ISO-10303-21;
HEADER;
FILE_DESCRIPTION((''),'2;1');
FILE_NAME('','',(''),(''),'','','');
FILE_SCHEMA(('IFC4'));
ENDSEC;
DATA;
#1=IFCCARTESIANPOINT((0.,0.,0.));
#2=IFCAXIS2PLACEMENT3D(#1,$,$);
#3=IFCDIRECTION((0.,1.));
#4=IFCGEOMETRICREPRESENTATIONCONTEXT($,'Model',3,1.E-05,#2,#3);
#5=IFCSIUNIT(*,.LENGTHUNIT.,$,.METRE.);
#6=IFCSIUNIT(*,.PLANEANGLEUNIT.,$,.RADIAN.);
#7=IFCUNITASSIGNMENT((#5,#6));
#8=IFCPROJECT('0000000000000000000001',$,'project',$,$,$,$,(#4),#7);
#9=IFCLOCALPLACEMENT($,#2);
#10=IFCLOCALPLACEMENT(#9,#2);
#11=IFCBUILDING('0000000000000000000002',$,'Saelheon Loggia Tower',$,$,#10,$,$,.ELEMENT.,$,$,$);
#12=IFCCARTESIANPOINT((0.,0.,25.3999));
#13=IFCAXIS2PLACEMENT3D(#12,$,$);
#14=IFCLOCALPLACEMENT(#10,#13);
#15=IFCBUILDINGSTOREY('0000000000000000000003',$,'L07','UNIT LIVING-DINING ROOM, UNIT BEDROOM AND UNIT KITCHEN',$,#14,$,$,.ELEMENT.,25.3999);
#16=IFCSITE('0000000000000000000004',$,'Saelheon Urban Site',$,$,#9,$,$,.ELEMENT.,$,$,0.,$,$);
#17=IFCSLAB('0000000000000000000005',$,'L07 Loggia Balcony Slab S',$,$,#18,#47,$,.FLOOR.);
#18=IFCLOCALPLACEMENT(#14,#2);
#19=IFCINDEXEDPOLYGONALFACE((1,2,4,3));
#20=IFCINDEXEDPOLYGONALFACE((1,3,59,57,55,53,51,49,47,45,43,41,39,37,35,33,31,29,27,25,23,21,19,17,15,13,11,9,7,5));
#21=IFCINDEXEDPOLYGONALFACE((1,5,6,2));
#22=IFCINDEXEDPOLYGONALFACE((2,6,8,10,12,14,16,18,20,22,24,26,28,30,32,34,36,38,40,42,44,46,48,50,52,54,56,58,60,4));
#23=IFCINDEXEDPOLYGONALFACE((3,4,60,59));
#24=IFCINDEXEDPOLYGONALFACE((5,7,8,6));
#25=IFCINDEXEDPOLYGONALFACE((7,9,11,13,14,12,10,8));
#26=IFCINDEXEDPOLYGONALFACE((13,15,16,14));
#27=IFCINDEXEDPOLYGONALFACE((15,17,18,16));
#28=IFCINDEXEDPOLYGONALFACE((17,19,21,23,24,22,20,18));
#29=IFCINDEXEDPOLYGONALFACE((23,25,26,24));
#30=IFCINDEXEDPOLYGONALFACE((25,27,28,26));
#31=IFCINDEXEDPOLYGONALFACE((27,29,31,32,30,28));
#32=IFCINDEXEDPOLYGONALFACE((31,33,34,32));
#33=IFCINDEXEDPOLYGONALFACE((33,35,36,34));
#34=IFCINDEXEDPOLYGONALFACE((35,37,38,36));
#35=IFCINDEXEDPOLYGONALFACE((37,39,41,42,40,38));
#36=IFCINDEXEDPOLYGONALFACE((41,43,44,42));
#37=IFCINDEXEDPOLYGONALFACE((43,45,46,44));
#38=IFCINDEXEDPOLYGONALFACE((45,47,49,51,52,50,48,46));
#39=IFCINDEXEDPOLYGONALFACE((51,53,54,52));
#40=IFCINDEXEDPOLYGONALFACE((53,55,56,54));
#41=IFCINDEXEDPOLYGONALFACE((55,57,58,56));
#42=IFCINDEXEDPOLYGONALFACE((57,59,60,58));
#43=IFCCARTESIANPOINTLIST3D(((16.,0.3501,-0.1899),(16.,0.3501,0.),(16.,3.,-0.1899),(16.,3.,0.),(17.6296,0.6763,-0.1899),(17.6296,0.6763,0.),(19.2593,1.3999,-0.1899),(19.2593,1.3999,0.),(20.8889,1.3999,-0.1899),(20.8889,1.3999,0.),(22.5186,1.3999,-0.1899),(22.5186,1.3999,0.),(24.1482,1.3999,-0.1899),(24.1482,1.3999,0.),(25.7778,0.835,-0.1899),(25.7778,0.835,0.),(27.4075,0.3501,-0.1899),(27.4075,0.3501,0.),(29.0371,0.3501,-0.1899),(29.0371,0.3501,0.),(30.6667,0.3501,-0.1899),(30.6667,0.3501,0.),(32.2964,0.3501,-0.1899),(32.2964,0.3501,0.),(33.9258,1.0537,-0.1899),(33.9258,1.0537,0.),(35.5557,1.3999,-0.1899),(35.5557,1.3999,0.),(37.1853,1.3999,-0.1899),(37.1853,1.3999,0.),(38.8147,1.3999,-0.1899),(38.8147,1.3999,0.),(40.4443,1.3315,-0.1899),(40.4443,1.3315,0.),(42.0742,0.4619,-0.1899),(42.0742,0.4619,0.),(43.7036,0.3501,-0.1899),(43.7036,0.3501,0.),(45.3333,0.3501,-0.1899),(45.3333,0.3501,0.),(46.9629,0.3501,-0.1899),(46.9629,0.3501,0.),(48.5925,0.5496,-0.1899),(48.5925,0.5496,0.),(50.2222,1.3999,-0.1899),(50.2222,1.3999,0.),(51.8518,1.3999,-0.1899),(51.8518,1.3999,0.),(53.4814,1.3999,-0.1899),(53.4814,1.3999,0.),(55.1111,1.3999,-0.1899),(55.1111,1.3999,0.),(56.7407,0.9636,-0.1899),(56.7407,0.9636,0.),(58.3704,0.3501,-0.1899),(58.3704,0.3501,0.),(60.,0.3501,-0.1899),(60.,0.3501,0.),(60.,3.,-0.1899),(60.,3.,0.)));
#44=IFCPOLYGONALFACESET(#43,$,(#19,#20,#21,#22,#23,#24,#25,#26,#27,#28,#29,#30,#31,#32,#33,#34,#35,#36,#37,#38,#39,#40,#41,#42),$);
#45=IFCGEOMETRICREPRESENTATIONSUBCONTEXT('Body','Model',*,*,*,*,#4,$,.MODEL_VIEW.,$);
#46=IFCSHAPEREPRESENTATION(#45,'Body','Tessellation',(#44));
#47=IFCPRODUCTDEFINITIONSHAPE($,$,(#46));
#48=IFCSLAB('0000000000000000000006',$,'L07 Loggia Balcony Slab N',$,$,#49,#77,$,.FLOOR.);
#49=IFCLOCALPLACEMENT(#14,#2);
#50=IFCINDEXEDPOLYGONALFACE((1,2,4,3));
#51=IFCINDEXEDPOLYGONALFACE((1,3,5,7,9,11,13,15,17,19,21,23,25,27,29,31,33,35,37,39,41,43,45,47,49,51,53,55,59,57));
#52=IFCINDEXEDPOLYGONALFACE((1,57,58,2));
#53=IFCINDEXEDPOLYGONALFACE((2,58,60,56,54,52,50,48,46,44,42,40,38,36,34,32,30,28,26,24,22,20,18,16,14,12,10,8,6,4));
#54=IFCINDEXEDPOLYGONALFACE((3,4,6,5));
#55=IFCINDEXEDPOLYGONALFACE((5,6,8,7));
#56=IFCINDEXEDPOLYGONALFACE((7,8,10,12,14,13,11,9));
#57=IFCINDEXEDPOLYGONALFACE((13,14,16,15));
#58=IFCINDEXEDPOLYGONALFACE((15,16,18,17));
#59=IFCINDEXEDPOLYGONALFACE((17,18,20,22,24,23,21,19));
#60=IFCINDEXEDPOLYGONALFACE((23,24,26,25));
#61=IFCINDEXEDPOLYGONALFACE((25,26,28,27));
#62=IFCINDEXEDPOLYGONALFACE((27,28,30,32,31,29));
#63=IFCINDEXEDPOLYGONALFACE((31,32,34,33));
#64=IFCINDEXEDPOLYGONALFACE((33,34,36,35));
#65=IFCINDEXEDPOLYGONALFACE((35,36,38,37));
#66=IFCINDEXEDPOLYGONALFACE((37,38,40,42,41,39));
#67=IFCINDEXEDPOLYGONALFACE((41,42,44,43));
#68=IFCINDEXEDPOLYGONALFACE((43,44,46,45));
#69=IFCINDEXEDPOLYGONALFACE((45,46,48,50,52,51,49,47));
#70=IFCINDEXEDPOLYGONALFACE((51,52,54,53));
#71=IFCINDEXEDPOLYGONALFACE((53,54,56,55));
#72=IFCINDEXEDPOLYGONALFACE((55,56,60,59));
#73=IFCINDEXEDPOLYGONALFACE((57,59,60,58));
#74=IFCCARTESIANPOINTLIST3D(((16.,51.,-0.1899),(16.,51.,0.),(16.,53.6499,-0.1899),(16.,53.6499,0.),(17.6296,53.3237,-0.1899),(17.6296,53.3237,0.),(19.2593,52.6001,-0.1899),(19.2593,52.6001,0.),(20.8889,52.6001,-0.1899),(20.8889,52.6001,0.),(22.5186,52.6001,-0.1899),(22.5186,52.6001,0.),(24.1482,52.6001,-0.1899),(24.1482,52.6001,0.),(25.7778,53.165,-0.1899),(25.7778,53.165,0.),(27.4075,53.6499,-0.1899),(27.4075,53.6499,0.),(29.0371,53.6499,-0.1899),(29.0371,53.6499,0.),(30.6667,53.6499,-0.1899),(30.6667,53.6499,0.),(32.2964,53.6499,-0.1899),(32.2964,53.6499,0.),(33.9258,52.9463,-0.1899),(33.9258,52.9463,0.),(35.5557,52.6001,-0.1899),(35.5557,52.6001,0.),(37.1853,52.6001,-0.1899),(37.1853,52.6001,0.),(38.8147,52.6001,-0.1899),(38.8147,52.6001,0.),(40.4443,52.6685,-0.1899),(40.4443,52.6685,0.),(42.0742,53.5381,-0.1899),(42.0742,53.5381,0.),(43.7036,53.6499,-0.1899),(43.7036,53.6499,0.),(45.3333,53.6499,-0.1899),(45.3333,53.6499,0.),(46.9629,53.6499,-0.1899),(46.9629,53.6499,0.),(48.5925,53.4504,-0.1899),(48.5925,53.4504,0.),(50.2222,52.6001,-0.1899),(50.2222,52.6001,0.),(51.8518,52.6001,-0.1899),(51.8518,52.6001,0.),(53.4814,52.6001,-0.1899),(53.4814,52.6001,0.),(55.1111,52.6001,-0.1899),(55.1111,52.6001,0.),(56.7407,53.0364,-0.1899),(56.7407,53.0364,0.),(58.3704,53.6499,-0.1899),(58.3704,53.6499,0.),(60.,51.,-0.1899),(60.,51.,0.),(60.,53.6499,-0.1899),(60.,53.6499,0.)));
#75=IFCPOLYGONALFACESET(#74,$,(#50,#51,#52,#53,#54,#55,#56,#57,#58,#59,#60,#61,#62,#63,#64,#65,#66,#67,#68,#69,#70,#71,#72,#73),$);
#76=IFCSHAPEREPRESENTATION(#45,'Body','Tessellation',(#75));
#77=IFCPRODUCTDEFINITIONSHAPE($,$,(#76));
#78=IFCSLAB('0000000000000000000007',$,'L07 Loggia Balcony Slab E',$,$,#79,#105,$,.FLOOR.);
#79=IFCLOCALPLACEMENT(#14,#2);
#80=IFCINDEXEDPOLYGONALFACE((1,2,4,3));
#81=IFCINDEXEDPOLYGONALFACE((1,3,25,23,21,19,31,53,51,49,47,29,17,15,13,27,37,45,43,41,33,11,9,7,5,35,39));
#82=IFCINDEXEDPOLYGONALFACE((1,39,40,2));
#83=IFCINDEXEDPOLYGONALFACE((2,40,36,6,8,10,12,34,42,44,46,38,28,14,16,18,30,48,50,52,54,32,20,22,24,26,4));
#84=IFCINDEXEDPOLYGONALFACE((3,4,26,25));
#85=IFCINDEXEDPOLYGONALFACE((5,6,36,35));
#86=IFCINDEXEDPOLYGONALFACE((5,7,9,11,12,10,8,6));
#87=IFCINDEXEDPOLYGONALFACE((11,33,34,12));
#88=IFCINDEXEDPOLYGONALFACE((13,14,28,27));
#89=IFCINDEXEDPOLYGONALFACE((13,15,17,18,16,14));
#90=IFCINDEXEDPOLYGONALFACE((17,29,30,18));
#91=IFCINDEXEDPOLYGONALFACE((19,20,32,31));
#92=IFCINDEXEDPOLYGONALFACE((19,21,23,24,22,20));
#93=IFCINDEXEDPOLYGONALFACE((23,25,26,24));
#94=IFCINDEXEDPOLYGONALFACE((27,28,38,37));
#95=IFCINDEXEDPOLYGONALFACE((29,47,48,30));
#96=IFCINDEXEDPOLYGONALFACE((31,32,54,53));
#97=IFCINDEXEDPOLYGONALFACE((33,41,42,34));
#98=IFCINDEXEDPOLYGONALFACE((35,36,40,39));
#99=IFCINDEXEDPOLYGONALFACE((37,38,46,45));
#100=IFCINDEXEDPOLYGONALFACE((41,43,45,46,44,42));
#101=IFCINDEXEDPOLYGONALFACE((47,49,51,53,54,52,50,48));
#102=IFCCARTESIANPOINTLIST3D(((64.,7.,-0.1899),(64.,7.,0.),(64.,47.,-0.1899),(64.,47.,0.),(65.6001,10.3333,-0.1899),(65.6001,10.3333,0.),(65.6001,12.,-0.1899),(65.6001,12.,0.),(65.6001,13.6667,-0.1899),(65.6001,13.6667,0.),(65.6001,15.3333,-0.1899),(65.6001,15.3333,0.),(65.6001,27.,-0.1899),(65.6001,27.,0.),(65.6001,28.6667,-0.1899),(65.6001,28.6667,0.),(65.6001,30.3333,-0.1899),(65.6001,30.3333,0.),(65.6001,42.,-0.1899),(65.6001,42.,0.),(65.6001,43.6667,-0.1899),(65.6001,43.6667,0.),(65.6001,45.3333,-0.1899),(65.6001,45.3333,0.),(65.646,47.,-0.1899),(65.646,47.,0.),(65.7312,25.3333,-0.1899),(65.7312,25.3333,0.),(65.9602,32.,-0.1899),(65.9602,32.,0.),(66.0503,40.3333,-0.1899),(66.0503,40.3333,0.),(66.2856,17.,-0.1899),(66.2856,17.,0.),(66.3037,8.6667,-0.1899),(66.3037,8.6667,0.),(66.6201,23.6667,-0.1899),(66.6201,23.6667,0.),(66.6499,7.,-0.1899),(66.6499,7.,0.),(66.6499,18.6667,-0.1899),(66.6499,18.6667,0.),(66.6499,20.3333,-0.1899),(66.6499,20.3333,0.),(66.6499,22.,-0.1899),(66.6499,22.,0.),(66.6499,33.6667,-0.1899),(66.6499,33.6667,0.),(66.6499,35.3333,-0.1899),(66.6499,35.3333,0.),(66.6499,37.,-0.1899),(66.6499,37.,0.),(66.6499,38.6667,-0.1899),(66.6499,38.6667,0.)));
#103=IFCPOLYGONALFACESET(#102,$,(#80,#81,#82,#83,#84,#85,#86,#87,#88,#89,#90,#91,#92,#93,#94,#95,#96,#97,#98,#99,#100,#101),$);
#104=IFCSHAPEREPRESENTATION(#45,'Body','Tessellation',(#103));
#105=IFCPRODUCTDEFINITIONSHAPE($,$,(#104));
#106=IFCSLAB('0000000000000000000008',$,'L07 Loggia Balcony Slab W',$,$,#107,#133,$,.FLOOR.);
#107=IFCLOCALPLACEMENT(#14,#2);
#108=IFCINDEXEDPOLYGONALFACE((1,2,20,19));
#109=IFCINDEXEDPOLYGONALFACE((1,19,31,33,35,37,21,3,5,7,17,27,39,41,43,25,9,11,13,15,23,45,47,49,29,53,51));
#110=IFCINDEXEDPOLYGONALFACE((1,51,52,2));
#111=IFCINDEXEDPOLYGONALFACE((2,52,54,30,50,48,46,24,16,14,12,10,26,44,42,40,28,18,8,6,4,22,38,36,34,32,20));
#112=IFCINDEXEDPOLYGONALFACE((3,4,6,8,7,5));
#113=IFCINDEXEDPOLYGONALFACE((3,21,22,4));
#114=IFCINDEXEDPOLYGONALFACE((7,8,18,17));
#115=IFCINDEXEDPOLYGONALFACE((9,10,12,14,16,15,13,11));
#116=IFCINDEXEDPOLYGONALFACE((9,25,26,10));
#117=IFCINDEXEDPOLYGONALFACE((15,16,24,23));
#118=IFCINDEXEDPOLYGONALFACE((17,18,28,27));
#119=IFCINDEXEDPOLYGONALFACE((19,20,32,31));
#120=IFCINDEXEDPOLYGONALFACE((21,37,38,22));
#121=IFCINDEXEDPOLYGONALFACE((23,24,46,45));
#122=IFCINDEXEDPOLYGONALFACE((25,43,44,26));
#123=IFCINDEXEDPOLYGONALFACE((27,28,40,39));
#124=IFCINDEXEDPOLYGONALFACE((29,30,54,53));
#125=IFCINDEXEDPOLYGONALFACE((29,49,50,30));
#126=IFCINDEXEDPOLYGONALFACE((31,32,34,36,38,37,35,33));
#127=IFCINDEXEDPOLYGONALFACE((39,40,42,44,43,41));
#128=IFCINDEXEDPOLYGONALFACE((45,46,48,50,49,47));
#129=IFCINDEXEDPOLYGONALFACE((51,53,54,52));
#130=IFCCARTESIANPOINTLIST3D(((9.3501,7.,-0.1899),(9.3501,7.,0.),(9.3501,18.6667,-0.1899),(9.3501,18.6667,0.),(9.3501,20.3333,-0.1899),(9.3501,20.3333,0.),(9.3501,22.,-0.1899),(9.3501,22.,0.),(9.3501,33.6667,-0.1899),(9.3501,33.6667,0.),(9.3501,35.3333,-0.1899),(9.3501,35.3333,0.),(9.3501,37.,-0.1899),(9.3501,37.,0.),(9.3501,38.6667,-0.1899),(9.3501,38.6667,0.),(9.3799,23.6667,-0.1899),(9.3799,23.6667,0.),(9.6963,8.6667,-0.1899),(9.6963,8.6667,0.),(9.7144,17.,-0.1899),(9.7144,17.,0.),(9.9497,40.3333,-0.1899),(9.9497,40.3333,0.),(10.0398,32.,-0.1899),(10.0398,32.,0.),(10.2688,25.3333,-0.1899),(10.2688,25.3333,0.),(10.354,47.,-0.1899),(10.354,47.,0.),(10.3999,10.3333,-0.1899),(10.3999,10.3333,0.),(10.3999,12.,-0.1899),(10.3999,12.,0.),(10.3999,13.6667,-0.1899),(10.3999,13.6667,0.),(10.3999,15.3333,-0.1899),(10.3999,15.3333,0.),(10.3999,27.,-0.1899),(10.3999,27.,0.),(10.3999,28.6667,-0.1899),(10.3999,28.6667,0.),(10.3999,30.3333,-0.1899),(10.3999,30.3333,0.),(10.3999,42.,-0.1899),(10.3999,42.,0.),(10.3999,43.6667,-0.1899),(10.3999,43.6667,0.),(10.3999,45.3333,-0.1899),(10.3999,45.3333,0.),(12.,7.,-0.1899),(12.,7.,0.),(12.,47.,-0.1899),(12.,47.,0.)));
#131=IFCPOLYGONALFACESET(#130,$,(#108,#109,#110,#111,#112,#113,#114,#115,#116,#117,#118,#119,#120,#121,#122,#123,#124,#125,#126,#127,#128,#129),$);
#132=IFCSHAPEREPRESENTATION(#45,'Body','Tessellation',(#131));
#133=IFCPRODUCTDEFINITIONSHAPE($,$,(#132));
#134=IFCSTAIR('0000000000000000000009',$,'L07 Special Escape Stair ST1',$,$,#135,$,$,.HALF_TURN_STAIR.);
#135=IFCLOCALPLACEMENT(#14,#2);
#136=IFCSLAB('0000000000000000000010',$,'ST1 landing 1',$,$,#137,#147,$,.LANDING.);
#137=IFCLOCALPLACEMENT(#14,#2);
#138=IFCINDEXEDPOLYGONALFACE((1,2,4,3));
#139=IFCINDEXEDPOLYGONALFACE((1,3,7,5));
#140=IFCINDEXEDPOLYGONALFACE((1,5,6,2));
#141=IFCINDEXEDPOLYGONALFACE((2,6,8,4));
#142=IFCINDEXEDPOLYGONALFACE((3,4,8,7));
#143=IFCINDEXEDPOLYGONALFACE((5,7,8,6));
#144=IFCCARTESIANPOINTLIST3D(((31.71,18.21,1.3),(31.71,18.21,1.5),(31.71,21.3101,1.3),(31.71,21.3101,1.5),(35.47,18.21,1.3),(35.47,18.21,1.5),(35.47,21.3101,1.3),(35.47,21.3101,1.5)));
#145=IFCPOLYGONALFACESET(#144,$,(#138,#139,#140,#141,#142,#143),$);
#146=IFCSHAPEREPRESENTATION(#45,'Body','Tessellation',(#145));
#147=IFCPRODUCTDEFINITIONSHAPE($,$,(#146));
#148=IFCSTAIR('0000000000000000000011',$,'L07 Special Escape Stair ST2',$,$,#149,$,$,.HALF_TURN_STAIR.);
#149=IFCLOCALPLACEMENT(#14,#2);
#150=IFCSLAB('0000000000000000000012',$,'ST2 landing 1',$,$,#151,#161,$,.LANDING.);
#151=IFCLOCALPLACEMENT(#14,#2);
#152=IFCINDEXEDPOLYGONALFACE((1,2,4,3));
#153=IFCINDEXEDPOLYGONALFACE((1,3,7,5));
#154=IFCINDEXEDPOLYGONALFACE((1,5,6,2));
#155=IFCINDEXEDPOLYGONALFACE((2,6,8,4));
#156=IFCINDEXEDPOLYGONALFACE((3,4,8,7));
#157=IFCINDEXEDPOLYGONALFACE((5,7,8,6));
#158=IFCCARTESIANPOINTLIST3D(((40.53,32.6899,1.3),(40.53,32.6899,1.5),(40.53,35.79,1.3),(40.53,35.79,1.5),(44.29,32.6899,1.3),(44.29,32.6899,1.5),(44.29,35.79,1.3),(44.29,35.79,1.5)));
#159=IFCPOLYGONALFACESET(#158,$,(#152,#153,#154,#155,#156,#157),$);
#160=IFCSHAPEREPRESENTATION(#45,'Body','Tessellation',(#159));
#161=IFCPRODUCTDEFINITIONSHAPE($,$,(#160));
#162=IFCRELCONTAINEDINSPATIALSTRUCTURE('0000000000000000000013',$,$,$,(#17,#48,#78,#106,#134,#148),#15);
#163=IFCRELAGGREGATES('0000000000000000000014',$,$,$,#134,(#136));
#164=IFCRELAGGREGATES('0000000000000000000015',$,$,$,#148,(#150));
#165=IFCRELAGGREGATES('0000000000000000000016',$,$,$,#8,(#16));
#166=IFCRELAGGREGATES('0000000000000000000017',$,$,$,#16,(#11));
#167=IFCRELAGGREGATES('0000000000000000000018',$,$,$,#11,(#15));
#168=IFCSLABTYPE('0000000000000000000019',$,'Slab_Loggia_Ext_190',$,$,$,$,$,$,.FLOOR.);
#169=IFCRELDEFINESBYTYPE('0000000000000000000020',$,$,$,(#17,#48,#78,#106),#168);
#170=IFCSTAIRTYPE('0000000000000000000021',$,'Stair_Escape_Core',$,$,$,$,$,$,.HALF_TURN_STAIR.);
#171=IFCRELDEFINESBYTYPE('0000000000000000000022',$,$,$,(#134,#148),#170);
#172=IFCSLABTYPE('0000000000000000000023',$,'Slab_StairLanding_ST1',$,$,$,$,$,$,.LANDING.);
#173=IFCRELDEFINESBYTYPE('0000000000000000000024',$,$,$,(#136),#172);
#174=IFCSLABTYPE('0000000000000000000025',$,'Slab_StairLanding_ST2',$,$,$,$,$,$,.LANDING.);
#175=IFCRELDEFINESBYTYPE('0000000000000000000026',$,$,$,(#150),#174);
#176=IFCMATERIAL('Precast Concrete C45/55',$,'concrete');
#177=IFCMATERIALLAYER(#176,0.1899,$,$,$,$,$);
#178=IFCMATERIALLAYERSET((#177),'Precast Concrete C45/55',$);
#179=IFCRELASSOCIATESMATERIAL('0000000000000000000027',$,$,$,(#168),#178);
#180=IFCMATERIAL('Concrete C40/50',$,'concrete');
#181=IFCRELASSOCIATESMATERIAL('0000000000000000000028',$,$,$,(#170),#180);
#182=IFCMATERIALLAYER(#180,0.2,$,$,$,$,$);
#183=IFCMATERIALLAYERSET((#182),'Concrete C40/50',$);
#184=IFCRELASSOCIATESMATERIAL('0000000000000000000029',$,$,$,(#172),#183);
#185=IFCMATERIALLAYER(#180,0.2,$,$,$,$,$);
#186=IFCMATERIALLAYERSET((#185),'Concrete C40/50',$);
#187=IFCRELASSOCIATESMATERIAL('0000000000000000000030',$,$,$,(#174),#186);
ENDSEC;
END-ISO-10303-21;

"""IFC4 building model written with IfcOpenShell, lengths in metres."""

from ifc_helpers import new_model, si_unit, direction, frame, origin, place, context, subcontext, project, spatial, polyline, outline, extrude, material, layer, layer_set, type_object, element, aggregate, save


model = new_model("IFC4")

# Units and contexts
model_context = context("Model", 3, precision=1e-05, world=origin(), true_north=direction((0.0, 1.0)))
body_context = subcontext(model_context, "Body", "Model", "MODEL_VIEW")
ifc_project = project(units=[si_unit("LENGTHUNIT", "METRE"), si_unit("PLANEANGLEUNIT", "RADIAN")], contexts=[model_context])

# Site, building, storey
site_placement = place(None, origin())
site = spatial("IfcSite", under=ifc_project, at=site_placement, Name="Saelheon Urban Site", CompositionType="ELEMENT", RefElevation=0.0)
building_placement = place(site_placement, origin())
building = spatial("IfcBuilding", under=site, at=building_placement, Name="Saelheon Loggia Tower", CompositionType="ELEMENT")
storey_placement = place(building_placement, frame((0.0, 0.0, 25.3999)))
storey = spatial("IfcBuildingStorey", under=building, at=storey_placement, Name="L07", Description="UNIT LIVING-DINING ROOM, UNIT BEDROOM AND UNIT KITCHEN", CompositionType="ELEMENT", Elevation=25.3999)

# Slabs
ifc_material_1 = material(Name="Precast Concrete C45/55", Category="concrete")
ifc_layer_1 = layer(ifc_material_1, 0.1899)
ifc_layer_set_1 = layer_set([ifc_layer_1], Name="Precast Concrete C45/55")
slab_type_1 = type_object("IfcSlabType", Name="Slab_Loggia_Ext_190", PredefinedType="FLOOR", material=ifc_layer_set_1)
slab_1_placement = place(storey_placement, frame((0.0, 0.0, -0.1899)))
element("IfcSlab", 1, at=slab_1_placement, inside=storey, type_object=slab_type_1, Name="L07 Loggia Balcony Slab S", PredefinedType="FLOOR", context=body_context, shape_type="SweptSolid", body=[
    extrude(outline(polyline([(16.0, 0.3501), (17.6296, 0.6763), (19.2593, 1.3999), (20.8889, 1.3999), (22.5186, 1.3999), (24.1482, 1.3999), (25.7778, 0.835), (27.4075, 0.3501), (29.0371, 0.3501), (30.6667, 0.3501), (32.2964, 0.3501), (33.9258, 1.0537), (35.5557, 1.3999), (37.1853, 1.3999), (38.8147, 1.3999), (40.4443, 1.3315), (42.0742, 0.4619), (43.7036, 0.3501), (45.3333, 0.3501), (46.9629, 0.3501), (48.5925, 0.5496), (50.2222, 1.3999), (51.8518, 1.3999), (53.4814, 1.3999), (55.1111, 1.3999), (56.7407, 0.9636), (58.3704, 0.3501), (60.0, 0.3501), (60.0, 3.0), (16.0, 3.0), (16.0, 0.3501)])), origin(), (0.0, 0.0, 1.0), 0.1899),
])
slab_2_placement = place(storey_placement, frame((0.0, 0.0, -0.1899)))
element("IfcSlab", 2, at=slab_2_placement, inside=storey, type_object=slab_type_1, Name="L07 Loggia Balcony Slab N", PredefinedType="FLOOR", context=body_context, shape_type="SweptSolid", body=[
    extrude(outline(polyline([(16.0, 51.0), (60.0, 51.0), (60.0, 53.6499), (58.3704, 53.6499), (56.7407, 53.0364), (55.1111, 52.6001), (53.4814, 52.6001), (51.8518, 52.6001), (50.2222, 52.6001), (48.5925, 53.4504), (46.9629, 53.6499), (45.3333, 53.6499), (43.7036, 53.6499), (42.0742, 53.5381), (40.4443, 52.6685), (38.8147, 52.6001), (37.1853, 52.6001), (35.5557, 52.6001), (33.9258, 52.9463), (32.2964, 53.6499), (30.6667, 53.6499), (29.0371, 53.6499), (27.4075, 53.6499), (25.7778, 53.165), (24.1482, 52.6001), (22.5186, 52.6001), (20.8889, 52.6001), (19.2593, 52.6001), (17.6296, 53.3237), (16.0, 53.6499), (16.0, 51.0)])), origin(), (0.0, 0.0, 1.0), 0.1899),
])
slab_3_placement = place(storey_placement, frame((0.0, 0.0, -0.1899)))
element("IfcSlab", 3, at=slab_3_placement, inside=storey, type_object=slab_type_1, Name="L07 Loggia Balcony Slab E", PredefinedType="FLOOR", context=body_context, shape_type="SweptSolid", body=[
    extrude(outline(polyline([(64.0, 7.0), (66.6499, 7.0), (66.3037, 8.6667), (65.6001, 10.3333), (65.6001, 12.0), (65.6001, 13.6667), (65.6001, 15.3333), (66.2856, 17.0), (66.6499, 18.6667), (66.6499, 20.3333), (66.6499, 22.0), (66.6201, 23.6667), (65.7312, 25.3333), (65.6001, 27.0), (65.6001, 28.6667), (65.6001, 30.3333), (65.9602, 32.0), (66.6499, 33.6667), (66.6499, 35.3333), (66.6499, 37.0), (66.6499, 38.6667), (66.0503, 40.3333), (65.6001, 42.0), (65.6001, 43.6667), (65.6001, 45.3333), (65.646, 47.0), (64.0, 47.0), (64.0, 7.0)])), origin(), (0.0, 0.0, 1.0), 0.1899),
])
slab_4_placement = place(storey_placement, frame((0.0, 0.0, -0.1899)))
element("IfcSlab", 4, at=slab_4_placement, inside=storey, type_object=slab_type_1, Name="L07 Loggia Balcony Slab W", PredefinedType="FLOOR", context=body_context, shape_type="SweptSolid", body=[
    extrude(outline(polyline([(12.0, 7.0), (12.0, 47.0), (10.354, 47.0), (10.3999, 45.3333), (10.3999, 43.6667), (10.3999, 42.0), (9.9497, 40.3333), (9.3501, 38.6667), (9.3501, 37.0), (9.3501, 35.3333), (9.3501, 33.6667), (10.0398, 32.0), (10.3999, 30.3333), (10.3999, 28.6667), (10.3999, 27.0), (10.2688, 25.3333), (9.3799, 23.6667), (9.3501, 22.0), (9.3501, 20.3333), (9.3501, 18.6667), (9.7144, 17.0), (10.3999, 15.3333), (10.3999, 13.6667), (10.3999, 12.0), (10.3999, 10.3333), (9.6963, 8.6667), (9.3501, 7.0), (12.0, 7.0)])), origin(), (0.0, 0.0, 1.0), 0.1899),
])

# Stairs, slabs
ifc_material_2 = material(Name="Concrete C40/50", Category="concrete")
stair_type = type_object("IfcStairType", Name="Stair_Escape_Core", PredefinedType="HALF_TURN_STAIR", material=ifc_material_2)
stair_1_placement = place(storey_placement, origin())
stair_1 = element("IfcStair", 5, at=stair_1_placement, inside=storey, type_object=stair_type, Name="L07 Special Escape Stair ST1", PredefinedType="HALF_TURN_STAIR")
ifc_layer_2 = layer(ifc_material_2, 0.2)
ifc_layer_set_2 = layer_set([ifc_layer_2], Name="Concrete C40/50")
slab_type_2 = type_object("IfcSlabType", Name="Slab_StairLanding_ST1", PredefinedType="LANDING", material=ifc_layer_set_2)
slab_5_placement = place(storey_placement, frame((0.0, 0.0, 1.3)))
slab_5 = element("IfcSlab", 6, at=slab_5_placement, type_object=slab_type_2, Name="ST1 landing 1", PredefinedType="LANDING", context=body_context, shape_type="SweptSolid", body=[
    extrude(outline(polyline([(31.71, 21.3101), (31.71, 18.21), (35.47, 18.21), (35.47, 21.3101), (31.71, 21.3101)])), origin(), (0.0, 0.0, 1.0), 0.2),
])
aggregate(stair_1, [slab_5])
stair_2_placement = place(storey_placement, origin())
stair_2 = element("IfcStair", 7, at=stair_2_placement, inside=storey, type_object=stair_type, Name="L07 Special Escape Stair ST2", PredefinedType="HALF_TURN_STAIR")
ifc_layer_3 = layer(ifc_material_2, 0.2)
ifc_layer_set_3 = layer_set([ifc_layer_3], Name="Concrete C40/50")
slab_type_3 = type_object("IfcSlabType", Name="Slab_StairLanding_ST2", PredefinedType="LANDING", material=ifc_layer_set_3)
slab_6_placement = place(storey_placement, frame((0.0, 0.0, 1.3)))
slab_6 = element("IfcSlab", 8, at=slab_6_placement, type_object=slab_type_3, Name="ST2 landing 1", PredefinedType="LANDING", context=body_context, shape_type="SweptSolid", body=[
    extrude(outline(polyline([(44.29, 32.6899), (44.29, 35.79), (40.53, 35.79), (40.53, 32.6899), (44.29, 32.6899)])), origin(), (0.0, 0.0, 1.0), 0.2),
])
aggregate(stair_2, [slab_6])

save(model, "model.ifc")
